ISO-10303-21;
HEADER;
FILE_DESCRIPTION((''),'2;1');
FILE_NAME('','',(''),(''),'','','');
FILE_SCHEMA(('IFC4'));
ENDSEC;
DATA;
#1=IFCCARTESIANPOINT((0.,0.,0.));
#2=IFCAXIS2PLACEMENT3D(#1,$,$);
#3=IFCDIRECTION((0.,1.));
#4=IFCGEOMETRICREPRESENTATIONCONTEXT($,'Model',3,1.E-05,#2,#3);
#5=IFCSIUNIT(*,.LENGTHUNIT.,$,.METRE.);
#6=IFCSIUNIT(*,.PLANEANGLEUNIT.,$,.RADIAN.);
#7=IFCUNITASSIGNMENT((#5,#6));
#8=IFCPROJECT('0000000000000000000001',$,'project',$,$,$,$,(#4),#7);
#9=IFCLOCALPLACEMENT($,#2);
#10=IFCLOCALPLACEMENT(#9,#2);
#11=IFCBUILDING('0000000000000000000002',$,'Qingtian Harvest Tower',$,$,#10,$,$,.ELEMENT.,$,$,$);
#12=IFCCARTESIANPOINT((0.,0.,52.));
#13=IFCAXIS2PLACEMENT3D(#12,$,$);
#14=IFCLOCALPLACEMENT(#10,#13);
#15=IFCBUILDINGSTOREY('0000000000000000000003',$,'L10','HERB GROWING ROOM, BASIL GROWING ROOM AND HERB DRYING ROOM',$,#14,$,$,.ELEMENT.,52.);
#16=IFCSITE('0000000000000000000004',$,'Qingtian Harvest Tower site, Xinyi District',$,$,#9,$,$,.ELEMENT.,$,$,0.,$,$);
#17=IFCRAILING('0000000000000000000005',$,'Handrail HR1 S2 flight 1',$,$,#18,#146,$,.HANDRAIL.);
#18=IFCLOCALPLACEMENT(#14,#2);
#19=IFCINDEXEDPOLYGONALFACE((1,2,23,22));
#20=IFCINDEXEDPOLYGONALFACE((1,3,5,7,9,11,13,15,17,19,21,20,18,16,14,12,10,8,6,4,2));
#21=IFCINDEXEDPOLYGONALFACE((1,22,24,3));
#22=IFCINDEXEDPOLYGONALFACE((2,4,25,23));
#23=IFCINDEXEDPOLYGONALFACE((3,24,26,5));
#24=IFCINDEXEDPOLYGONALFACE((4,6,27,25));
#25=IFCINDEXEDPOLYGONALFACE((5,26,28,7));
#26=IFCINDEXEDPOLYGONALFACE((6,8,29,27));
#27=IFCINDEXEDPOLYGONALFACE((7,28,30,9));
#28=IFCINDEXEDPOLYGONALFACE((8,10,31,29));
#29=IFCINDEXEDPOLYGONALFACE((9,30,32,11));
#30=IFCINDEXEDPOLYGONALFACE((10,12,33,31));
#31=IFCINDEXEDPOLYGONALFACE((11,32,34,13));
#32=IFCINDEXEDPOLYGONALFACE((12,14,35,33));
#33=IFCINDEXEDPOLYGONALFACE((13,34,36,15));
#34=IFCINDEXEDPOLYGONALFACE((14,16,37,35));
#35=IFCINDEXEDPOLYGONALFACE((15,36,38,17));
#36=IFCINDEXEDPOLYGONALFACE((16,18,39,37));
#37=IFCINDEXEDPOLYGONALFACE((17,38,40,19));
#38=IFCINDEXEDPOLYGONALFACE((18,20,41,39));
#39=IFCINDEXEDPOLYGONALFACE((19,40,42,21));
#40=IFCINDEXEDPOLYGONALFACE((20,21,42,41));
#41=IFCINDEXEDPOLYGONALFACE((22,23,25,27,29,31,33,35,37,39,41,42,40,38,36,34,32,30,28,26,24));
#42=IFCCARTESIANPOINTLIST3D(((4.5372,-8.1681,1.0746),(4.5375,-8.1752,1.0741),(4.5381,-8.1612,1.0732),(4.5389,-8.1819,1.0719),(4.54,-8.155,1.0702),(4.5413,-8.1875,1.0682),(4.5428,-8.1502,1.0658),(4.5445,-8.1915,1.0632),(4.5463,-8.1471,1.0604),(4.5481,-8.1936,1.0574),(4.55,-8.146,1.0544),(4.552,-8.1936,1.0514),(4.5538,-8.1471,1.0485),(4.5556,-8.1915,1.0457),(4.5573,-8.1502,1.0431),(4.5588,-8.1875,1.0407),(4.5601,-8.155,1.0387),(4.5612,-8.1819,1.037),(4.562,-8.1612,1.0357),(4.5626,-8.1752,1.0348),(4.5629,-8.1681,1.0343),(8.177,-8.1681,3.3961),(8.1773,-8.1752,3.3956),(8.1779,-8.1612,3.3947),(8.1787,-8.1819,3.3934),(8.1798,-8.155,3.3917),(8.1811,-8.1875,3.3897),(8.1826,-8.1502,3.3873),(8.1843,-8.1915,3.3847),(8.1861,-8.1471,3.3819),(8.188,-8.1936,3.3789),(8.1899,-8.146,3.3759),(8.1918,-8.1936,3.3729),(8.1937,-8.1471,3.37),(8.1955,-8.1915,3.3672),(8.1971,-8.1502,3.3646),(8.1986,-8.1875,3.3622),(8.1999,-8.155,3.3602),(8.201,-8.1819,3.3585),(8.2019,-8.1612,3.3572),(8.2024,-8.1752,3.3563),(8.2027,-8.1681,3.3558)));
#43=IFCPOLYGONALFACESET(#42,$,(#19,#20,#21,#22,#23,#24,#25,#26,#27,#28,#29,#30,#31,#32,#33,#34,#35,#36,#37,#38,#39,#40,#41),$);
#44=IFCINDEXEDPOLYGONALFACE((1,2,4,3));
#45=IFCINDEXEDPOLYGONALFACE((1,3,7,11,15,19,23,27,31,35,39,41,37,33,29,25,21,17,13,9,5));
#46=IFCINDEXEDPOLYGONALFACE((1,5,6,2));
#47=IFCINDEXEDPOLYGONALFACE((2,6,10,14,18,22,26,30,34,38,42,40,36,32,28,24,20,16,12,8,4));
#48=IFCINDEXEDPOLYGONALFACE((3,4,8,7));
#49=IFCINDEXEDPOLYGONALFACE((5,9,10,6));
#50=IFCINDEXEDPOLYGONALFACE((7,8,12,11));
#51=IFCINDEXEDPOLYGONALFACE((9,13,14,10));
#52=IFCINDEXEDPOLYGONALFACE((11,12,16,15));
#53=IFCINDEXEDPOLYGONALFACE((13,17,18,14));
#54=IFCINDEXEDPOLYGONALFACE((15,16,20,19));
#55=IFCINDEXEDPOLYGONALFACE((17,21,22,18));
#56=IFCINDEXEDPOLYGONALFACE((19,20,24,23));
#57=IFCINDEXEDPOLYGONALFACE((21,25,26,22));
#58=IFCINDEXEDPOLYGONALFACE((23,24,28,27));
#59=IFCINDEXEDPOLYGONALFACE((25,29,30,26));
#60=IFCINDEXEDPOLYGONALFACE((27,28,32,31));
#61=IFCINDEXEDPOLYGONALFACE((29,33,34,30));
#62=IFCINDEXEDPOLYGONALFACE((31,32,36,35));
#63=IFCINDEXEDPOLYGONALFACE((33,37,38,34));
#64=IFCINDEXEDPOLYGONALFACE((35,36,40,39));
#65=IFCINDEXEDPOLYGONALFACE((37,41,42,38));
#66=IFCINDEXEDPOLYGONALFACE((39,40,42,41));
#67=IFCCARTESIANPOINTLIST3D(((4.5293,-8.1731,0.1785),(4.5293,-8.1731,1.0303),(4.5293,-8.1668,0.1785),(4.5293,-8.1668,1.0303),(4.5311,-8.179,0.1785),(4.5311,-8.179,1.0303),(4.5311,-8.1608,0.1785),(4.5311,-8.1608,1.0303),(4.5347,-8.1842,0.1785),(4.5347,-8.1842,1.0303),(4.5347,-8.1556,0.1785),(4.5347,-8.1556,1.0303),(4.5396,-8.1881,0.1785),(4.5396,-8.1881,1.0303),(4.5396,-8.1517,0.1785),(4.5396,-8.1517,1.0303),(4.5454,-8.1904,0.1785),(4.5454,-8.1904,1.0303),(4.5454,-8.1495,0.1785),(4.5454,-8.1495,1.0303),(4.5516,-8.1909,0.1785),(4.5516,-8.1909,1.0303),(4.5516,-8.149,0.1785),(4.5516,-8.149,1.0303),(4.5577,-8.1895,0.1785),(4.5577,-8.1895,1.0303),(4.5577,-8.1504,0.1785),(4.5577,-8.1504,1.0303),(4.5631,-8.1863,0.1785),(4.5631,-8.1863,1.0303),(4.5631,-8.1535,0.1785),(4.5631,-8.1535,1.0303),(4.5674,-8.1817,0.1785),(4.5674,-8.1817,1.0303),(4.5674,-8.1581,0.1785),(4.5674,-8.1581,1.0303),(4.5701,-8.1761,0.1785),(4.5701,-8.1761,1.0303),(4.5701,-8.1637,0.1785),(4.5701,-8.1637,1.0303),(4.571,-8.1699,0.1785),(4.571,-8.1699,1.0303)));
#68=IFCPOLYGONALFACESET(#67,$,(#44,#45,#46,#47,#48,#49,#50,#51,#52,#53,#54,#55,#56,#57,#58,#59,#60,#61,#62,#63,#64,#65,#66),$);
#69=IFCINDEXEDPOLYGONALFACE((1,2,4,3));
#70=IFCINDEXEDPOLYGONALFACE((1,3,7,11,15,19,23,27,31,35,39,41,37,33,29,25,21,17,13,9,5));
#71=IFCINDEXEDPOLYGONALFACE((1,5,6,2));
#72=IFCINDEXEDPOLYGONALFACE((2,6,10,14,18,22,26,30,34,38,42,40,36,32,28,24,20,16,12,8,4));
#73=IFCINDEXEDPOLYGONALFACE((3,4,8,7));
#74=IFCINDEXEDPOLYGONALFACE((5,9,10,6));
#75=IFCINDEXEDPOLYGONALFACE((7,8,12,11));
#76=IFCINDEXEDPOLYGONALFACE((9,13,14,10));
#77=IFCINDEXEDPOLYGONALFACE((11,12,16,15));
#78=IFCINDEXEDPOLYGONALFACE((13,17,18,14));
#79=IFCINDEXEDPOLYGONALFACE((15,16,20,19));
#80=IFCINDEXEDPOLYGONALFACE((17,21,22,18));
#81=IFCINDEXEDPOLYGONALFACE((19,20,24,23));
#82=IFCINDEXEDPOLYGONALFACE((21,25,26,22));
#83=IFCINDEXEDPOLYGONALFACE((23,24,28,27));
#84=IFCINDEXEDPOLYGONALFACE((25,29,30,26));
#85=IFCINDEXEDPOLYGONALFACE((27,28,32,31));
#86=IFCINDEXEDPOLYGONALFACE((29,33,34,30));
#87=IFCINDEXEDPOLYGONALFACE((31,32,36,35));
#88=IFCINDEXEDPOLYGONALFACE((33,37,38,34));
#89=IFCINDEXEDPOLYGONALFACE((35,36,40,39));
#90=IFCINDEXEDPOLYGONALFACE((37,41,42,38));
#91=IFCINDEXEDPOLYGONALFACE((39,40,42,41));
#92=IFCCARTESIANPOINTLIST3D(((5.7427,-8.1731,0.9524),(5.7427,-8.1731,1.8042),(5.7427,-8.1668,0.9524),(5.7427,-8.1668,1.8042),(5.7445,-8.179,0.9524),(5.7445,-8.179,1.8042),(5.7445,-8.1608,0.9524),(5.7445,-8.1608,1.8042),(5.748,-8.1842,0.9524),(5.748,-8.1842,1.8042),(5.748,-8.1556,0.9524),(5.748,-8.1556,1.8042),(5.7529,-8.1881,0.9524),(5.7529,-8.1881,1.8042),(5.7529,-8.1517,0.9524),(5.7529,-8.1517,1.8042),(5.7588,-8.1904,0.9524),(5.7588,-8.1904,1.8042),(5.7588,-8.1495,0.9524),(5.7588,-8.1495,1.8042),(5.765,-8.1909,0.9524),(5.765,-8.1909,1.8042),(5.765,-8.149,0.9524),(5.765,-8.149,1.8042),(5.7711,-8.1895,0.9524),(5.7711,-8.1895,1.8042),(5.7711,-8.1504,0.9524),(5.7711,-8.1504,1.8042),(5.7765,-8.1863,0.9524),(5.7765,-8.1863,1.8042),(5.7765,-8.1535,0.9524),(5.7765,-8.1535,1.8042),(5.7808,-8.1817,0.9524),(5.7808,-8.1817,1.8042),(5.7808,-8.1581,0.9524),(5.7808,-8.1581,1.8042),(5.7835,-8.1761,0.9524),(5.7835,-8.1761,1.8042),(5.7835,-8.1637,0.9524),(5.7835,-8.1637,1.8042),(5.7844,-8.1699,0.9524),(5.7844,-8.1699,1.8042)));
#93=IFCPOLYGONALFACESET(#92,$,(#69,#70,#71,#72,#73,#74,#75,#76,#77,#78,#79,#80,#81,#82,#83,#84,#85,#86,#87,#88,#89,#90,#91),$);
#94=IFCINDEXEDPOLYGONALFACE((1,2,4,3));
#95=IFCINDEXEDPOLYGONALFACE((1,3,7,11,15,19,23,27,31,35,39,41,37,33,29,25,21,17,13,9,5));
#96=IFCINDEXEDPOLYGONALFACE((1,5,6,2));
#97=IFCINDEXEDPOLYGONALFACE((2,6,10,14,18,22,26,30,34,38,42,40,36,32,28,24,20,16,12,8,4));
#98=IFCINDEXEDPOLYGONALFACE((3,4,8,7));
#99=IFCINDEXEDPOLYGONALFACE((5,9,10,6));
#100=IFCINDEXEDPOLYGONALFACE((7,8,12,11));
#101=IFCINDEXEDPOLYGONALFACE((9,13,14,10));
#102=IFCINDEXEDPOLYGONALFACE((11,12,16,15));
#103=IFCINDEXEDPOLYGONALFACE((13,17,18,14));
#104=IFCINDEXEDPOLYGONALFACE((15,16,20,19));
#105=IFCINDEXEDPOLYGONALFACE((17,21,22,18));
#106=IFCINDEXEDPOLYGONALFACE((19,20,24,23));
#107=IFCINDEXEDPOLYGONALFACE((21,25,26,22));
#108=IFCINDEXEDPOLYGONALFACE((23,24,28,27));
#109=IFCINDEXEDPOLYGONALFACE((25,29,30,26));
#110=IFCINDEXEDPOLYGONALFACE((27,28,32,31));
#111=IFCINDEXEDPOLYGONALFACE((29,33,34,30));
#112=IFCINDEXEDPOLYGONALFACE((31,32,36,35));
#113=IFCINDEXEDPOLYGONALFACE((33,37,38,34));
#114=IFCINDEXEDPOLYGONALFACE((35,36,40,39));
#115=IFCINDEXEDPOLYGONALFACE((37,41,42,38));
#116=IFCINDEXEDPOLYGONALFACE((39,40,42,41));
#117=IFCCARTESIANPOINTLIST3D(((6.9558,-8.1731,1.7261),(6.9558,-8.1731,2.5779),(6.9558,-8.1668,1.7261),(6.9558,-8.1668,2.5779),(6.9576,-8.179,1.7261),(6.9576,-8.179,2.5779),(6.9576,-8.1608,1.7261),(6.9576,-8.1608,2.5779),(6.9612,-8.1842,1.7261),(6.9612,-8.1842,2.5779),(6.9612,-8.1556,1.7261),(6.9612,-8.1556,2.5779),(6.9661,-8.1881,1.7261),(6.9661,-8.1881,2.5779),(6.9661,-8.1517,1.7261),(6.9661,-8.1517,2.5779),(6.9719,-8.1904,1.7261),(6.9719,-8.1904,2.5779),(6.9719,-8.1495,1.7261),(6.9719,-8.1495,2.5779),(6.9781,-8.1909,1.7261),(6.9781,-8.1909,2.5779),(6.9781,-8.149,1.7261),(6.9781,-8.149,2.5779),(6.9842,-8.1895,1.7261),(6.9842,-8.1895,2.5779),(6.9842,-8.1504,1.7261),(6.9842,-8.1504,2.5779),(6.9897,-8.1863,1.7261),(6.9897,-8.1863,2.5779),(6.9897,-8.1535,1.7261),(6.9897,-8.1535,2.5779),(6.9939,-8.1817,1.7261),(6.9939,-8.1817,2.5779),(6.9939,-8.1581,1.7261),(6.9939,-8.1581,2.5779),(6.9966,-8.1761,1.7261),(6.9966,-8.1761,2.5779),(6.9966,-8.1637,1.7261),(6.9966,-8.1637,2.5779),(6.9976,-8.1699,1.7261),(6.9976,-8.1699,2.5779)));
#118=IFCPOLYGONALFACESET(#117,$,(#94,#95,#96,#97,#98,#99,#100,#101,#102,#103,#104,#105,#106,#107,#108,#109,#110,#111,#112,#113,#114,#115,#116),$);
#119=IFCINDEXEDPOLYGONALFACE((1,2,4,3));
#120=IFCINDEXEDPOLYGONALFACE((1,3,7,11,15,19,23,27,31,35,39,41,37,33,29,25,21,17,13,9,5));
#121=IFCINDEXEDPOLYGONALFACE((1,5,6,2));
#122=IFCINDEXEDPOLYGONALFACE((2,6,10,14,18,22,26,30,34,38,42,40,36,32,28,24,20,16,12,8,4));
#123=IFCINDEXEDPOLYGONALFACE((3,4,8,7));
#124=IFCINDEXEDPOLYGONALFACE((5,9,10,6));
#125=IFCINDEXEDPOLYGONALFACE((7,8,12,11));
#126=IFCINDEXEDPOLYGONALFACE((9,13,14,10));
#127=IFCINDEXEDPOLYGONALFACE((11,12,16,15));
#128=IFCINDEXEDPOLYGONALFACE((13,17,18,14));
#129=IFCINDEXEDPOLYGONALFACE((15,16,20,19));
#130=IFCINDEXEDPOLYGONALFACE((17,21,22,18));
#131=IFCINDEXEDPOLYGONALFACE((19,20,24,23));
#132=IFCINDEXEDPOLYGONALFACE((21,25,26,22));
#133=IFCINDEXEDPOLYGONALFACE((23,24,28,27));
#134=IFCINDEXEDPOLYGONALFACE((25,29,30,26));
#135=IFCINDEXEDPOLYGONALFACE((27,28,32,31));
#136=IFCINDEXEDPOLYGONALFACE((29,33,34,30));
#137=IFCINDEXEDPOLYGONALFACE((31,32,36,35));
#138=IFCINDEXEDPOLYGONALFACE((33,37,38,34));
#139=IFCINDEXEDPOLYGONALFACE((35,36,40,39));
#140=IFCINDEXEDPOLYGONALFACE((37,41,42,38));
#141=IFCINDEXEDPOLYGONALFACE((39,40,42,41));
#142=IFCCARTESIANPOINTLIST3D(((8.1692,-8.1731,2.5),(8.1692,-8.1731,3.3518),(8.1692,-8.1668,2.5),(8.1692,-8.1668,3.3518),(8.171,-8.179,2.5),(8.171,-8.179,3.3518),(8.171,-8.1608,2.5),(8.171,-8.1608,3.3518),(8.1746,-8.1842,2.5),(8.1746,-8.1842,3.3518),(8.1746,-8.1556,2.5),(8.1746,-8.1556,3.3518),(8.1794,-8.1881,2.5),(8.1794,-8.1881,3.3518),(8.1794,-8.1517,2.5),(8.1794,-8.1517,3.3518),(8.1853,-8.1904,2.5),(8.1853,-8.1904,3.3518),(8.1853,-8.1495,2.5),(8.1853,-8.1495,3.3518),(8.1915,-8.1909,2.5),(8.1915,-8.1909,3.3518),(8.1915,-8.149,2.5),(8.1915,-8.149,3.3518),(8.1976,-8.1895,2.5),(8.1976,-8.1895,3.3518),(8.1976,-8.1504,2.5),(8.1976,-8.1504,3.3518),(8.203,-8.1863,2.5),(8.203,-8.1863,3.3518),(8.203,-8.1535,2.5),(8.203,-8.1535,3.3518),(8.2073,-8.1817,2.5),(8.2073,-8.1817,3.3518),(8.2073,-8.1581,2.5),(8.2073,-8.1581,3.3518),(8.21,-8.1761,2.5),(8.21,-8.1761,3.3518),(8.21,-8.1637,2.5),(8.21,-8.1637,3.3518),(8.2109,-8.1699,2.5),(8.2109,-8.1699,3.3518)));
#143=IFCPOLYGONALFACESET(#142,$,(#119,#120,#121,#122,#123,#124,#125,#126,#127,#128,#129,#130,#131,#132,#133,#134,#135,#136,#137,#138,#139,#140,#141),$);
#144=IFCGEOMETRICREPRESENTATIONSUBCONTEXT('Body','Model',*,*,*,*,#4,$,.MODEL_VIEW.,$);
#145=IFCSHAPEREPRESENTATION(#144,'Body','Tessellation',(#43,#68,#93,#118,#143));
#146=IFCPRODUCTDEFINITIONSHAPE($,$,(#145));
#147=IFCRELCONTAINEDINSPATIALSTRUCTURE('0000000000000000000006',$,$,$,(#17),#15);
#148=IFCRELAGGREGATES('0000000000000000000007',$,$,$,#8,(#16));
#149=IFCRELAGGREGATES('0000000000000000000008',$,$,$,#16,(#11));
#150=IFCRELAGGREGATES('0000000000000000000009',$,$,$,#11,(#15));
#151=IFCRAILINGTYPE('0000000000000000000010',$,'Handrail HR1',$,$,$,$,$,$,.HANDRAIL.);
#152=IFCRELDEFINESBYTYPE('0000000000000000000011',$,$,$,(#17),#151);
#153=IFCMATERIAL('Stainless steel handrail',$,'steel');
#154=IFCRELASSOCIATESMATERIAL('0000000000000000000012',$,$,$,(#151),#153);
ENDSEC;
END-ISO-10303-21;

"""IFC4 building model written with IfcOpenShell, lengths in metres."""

from ifc_helpers import new_model, si_unit, direction, frame, origin, origin_2d, place, context, subcontext, project, spatial, circle, extrude, material, type_object, element, save


model = new_model("IFC4")

# Units and contexts
model_context = context("Model", 3, precision=1e-05, world=origin(), true_north=direction((0.0, 1.0)))
body_context = subcontext(model_context, "Body", "Model", "MODEL_VIEW")
ifc_project = project(units=[si_unit("LENGTHUNIT", "METRE"), si_unit("PLANEANGLEUNIT", "RADIAN")], contexts=[model_context])

# Site, building, storey
site_placement = place(None, origin())
site = spatial("IfcSite", under=ifc_project, at=site_placement, Name="Qingtian Harvest Tower site, Xinyi District", CompositionType="ELEMENT", RefElevation=0.0)
building_placement = place(site_placement, origin())
building = spatial("IfcBuilding", under=site, at=building_placement, Name="Qingtian Harvest Tower", CompositionType="ELEMENT")
storey_placement = place(building_placement, frame((0.0, 0.0, 52.0)))
storey = spatial("IfcBuildingStorey", under=building, at=storey_placement, Name="L10", Description="HERB GROWING ROOM, BASIL GROWING ROOM AND HERB DRYING ROOM", CompositionType="ELEMENT", Elevation=52.0)

# Railing
ifc_material_1 = material(Name="Stainless steel handrail", Category="steel")
railing_type = type_object("IfcRailingType", Name="Handrail HR1", PredefinedType="HANDRAIL", material=ifc_material_1)
railing_1_placement = place(storey_placement, frame((4.55, -8.1699, 0.1785)))
element("IfcRailing", 1, at=railing_1_placement, inside=storey, type_object=railing_type, Name="Handrail HR1 S2 flight 1", PredefinedType="HANDRAIL", context=body_context, shape_type="SweptSolid", body=[
    extrude(circle(Radius=0.0239, at=origin_2d()), frame((0.0, 0.0, 0.876), z_axis=(0.843112, 0.0, 0.537739), x_axis=(0.0, 1.0, 0.0)), (0.0, 0.0, 1.0), 4.3171),
    extrude(circle(Radius=0.021, at=origin_2d()), origin(), (0.0, 0.0, 1.0), 0.8518),
    extrude(circle(Radius=0.021, at=origin_2d()), frame((1.2134, 0.0, 0.7739)), (0.0, 0.0, 1.0), 0.8518),
    extrude(circle(Radius=0.021, at=origin_2d()), frame((2.4265, 0.0, 1.5476)), (0.0, 0.0, 1.0), 0.8518),
    extrude(circle(Radius=0.021, at=origin_2d()), frame((3.6399, 0.0, 2.3215)), (0.0, 0.0, 1.0), 0.8518),
])

save(model, "model.ifc")
